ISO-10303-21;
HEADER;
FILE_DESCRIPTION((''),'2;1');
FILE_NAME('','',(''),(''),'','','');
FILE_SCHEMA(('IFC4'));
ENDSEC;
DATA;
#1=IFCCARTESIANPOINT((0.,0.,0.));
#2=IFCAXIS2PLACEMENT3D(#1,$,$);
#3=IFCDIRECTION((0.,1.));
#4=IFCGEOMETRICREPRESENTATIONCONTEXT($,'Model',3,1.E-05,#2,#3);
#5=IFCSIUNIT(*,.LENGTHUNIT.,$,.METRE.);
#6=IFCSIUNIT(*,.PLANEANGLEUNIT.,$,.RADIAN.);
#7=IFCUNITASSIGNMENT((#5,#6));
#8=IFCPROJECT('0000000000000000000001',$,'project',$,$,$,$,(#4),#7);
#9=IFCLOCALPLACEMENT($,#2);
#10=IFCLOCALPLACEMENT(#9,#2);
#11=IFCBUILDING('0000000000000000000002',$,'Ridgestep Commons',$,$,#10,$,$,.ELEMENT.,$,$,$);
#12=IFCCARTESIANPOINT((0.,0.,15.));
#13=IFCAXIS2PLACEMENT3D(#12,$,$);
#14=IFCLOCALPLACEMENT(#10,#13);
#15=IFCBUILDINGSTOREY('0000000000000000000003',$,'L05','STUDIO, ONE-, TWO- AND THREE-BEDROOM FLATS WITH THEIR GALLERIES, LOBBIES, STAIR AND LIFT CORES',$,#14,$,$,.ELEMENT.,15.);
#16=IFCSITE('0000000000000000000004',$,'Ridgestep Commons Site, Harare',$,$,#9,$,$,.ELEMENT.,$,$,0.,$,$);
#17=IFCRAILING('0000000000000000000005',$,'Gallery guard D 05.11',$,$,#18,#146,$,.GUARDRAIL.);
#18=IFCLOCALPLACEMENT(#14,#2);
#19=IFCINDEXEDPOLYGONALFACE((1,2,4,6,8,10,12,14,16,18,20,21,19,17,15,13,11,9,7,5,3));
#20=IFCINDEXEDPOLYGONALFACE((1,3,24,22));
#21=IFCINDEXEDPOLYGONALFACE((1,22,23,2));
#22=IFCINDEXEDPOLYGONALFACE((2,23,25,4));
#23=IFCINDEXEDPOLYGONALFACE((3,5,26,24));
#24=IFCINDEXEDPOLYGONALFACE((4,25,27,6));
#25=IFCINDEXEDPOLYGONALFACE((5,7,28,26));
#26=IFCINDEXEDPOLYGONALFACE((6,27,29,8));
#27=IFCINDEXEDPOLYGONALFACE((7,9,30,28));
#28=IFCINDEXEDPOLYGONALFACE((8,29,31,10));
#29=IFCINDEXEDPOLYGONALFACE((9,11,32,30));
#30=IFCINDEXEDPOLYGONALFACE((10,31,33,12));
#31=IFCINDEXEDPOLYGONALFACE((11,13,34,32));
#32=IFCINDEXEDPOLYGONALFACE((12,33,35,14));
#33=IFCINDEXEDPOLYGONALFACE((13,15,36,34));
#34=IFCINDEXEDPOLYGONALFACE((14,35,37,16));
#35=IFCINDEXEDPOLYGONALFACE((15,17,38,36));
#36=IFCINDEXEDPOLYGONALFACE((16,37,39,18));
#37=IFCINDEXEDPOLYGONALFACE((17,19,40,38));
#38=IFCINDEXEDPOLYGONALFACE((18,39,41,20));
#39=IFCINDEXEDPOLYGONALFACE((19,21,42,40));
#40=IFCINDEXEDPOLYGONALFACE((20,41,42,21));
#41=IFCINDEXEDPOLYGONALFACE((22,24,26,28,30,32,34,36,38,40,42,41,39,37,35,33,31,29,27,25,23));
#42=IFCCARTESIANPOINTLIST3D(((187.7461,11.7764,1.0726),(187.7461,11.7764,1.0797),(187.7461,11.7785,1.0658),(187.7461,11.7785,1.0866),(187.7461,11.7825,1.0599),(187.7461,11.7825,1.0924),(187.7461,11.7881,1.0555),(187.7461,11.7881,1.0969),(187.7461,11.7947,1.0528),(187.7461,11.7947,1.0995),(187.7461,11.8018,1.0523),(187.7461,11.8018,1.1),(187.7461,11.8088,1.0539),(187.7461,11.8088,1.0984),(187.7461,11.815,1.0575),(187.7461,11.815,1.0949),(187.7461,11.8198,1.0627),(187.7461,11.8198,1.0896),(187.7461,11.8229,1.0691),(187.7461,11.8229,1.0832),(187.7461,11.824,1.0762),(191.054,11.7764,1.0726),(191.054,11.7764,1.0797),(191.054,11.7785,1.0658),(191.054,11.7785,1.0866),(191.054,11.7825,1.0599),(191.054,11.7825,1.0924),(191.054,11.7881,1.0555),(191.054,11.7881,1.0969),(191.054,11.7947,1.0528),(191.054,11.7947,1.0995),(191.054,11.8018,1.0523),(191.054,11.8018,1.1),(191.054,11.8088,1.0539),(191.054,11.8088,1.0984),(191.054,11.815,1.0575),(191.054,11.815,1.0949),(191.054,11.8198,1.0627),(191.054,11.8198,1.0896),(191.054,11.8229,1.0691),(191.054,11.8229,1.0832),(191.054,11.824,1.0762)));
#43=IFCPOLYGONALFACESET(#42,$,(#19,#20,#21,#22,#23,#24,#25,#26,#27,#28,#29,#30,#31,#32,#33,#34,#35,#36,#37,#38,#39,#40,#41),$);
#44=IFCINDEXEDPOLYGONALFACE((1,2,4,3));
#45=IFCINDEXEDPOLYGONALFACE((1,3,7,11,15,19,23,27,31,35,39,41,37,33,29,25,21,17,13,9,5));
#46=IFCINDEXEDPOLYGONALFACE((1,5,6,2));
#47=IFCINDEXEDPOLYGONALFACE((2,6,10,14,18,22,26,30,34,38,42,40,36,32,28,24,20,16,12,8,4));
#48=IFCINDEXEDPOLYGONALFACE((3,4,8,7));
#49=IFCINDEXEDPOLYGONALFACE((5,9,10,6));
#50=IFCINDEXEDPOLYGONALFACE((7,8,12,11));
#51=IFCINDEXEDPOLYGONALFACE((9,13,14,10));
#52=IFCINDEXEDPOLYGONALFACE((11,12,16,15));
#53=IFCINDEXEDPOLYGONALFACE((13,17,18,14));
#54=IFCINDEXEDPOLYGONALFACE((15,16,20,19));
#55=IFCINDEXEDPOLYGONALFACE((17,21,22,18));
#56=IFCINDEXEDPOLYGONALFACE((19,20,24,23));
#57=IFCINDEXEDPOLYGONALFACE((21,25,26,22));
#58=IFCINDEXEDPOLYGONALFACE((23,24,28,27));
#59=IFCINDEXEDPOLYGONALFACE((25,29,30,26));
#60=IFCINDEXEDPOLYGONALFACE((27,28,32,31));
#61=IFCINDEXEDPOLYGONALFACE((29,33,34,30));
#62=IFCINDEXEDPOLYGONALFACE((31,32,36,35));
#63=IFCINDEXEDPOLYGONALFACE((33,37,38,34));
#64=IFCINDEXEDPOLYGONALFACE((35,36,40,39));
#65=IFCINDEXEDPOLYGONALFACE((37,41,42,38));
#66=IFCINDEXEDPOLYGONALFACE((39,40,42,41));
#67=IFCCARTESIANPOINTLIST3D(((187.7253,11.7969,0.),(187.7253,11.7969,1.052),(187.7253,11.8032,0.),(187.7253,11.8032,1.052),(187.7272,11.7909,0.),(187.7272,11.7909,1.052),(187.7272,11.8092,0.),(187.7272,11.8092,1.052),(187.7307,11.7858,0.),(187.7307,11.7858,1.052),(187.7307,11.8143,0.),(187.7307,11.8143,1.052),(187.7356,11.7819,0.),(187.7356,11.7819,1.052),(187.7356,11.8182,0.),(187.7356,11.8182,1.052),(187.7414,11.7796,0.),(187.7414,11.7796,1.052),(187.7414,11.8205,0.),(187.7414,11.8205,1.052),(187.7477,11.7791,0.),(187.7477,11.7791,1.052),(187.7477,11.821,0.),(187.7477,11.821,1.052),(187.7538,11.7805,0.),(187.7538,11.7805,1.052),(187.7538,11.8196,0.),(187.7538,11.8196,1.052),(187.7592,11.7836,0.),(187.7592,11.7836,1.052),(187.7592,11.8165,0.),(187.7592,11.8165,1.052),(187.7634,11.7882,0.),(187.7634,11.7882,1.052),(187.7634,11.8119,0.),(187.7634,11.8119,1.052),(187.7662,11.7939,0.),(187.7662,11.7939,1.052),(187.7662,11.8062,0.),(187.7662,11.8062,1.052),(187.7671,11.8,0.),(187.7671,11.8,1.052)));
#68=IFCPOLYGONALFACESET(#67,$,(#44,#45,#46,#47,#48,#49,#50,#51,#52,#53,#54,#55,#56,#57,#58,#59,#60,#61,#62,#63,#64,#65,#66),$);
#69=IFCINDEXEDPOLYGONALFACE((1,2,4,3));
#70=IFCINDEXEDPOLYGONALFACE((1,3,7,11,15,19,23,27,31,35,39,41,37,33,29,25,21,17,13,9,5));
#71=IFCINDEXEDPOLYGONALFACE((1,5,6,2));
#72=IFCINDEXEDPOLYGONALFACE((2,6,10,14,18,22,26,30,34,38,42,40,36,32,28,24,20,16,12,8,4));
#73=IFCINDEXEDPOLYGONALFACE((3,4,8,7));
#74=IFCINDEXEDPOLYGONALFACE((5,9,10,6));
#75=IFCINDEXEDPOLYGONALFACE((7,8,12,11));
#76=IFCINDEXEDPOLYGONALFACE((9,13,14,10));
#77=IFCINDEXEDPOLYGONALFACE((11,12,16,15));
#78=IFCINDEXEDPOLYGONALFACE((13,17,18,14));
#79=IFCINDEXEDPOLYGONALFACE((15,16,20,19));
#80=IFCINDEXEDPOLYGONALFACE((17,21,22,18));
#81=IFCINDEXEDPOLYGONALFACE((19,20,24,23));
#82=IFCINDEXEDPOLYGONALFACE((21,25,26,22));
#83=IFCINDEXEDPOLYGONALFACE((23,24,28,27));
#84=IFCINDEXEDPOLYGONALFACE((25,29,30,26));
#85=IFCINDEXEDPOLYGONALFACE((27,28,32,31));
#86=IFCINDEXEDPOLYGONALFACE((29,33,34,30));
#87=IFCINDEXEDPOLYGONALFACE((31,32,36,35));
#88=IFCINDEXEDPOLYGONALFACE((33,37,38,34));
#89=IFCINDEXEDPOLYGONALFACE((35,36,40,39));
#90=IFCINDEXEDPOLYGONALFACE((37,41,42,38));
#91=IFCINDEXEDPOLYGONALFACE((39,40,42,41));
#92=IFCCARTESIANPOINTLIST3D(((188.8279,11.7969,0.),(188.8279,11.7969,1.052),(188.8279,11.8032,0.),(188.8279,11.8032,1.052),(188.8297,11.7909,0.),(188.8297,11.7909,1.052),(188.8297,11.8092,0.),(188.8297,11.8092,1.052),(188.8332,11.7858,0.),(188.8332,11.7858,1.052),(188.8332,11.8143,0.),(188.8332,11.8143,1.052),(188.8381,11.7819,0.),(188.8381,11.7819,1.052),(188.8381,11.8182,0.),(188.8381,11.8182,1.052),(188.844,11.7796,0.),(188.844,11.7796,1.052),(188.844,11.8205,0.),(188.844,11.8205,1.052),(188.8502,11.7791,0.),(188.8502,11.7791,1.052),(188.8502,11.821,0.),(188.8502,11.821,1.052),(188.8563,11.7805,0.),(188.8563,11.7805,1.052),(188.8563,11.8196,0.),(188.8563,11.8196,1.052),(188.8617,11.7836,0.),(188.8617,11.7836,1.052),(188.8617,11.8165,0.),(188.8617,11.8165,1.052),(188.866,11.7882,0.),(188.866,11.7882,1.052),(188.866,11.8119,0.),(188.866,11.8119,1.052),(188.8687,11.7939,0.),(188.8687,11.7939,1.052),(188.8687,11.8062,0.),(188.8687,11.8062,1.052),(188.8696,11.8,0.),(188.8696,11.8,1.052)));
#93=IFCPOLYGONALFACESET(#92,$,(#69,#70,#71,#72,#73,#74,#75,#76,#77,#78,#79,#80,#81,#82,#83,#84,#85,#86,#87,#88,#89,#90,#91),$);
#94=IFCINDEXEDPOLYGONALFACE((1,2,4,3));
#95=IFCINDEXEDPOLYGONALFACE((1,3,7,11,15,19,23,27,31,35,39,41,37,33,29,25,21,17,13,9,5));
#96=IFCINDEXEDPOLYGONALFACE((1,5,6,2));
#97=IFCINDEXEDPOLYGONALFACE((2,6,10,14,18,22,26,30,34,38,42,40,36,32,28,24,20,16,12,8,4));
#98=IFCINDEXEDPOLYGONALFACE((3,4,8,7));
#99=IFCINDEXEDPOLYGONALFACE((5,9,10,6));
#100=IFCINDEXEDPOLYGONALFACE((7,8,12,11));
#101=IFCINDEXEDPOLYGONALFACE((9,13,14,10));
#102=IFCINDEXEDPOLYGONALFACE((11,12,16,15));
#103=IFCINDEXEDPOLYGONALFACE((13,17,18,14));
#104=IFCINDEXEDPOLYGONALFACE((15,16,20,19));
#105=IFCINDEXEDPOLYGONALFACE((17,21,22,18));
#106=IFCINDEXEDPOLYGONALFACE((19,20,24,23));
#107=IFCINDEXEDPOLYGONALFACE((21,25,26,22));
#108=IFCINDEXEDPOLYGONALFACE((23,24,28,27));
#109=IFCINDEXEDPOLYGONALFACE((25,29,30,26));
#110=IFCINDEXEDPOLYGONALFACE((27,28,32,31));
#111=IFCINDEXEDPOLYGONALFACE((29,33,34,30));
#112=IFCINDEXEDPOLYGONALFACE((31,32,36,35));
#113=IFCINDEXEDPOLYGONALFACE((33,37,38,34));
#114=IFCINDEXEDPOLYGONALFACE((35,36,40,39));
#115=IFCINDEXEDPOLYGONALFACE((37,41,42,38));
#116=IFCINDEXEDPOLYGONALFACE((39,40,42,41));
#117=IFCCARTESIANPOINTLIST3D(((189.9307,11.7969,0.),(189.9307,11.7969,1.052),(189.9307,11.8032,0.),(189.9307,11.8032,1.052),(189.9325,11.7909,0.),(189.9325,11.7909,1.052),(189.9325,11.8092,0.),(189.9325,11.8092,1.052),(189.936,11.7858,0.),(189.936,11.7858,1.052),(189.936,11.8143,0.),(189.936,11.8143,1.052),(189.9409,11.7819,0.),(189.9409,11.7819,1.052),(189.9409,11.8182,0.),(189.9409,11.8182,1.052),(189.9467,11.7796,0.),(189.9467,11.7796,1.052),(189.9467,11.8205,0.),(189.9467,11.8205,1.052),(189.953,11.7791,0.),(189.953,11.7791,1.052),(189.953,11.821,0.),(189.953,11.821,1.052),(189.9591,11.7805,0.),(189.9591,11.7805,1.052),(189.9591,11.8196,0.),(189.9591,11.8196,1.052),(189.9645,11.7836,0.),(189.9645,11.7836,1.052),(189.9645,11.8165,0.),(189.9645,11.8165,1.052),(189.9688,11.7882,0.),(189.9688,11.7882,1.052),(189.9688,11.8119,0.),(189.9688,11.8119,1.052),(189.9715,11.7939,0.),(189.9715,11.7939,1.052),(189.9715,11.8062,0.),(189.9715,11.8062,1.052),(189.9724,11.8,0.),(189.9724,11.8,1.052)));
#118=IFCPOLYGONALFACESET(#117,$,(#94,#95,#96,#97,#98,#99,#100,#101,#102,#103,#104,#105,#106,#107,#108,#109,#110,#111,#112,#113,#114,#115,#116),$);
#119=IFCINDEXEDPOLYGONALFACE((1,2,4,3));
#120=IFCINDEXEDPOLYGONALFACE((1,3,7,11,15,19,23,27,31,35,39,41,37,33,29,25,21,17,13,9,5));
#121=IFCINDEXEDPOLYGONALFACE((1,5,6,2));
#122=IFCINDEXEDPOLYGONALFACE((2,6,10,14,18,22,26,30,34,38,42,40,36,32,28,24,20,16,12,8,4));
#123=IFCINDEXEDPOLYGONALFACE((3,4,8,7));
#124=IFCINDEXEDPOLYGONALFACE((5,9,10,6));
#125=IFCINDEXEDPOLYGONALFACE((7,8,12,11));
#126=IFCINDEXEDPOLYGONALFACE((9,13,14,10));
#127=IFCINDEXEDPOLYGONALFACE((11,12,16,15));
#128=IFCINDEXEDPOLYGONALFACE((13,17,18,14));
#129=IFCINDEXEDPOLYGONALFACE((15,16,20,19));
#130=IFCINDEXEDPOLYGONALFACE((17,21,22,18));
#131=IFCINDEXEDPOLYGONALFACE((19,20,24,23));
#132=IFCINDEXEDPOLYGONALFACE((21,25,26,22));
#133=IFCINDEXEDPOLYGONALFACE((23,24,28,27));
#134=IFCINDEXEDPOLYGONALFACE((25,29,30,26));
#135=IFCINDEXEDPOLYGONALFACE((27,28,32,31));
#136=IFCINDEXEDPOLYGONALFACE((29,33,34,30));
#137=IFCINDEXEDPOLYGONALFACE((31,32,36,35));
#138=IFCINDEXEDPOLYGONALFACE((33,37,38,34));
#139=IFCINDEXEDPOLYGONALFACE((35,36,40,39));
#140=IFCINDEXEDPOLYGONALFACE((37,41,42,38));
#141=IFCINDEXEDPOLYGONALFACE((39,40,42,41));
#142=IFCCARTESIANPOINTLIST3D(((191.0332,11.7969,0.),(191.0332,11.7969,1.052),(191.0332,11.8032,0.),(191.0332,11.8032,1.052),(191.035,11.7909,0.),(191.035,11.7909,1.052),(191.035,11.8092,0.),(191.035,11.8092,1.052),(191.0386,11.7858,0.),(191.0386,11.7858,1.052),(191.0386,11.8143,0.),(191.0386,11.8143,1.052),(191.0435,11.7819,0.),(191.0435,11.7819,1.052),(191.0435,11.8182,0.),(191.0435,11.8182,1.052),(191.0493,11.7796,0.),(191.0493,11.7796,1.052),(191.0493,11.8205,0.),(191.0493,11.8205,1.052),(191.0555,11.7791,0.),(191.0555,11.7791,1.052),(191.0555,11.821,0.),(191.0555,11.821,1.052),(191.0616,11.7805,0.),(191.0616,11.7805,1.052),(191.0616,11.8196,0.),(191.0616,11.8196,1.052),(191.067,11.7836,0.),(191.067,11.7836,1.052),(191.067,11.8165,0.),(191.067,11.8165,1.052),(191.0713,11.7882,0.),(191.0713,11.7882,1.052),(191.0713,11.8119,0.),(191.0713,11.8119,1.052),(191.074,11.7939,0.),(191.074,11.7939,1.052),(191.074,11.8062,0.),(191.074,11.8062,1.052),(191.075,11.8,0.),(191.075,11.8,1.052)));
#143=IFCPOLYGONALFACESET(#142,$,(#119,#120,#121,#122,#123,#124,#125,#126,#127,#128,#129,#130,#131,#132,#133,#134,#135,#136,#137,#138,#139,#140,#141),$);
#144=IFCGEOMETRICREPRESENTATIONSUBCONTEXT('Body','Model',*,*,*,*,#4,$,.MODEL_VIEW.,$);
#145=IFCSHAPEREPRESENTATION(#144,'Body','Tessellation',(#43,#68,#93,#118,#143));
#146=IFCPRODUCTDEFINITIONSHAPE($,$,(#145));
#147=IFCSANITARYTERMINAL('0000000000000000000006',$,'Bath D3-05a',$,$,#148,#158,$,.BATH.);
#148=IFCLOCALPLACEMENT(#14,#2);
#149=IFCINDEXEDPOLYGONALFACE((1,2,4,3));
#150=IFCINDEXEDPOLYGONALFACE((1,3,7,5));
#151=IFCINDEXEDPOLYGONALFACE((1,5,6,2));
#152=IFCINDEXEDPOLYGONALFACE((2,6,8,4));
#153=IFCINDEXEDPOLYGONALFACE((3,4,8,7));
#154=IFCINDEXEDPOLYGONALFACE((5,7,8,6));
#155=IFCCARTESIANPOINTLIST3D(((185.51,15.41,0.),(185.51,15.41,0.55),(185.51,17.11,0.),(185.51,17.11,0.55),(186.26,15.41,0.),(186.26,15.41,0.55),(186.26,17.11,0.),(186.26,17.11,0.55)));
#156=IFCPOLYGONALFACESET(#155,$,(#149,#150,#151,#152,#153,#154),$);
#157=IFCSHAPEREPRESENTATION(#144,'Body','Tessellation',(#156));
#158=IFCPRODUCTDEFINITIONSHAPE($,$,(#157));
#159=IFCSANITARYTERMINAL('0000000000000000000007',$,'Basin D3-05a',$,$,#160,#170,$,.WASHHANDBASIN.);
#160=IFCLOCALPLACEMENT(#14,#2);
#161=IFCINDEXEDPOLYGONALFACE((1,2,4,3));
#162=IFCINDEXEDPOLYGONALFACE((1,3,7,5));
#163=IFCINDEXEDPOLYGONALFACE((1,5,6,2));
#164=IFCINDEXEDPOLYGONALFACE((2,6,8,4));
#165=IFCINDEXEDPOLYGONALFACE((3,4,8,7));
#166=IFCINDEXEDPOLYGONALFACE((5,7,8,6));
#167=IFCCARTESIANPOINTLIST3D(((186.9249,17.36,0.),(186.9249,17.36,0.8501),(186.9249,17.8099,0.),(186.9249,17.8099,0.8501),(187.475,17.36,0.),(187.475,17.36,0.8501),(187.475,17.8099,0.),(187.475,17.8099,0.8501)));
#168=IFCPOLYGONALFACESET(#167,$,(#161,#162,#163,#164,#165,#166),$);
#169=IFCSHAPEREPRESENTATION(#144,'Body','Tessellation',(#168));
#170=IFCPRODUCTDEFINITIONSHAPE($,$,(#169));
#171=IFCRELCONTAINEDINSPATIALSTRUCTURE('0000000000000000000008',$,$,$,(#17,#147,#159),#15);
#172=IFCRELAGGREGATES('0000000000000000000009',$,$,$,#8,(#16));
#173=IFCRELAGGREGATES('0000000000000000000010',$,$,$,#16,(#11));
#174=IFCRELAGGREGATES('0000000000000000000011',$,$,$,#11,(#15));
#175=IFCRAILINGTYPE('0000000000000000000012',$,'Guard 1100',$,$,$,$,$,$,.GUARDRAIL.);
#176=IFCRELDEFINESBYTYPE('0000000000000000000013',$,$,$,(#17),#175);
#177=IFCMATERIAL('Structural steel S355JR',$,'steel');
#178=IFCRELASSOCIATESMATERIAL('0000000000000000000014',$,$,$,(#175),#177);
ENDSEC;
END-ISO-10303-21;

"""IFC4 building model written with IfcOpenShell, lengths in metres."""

from ifc_helpers import new_model, si_unit, direction, frame, origin, origin_2d, place, context, subcontext, project, spatial, rectangle, circle, extrude, material, type_object, element, save


model = new_model("IFC4")

# Units and contexts
model_context = context("Model", 3, precision=1e-05, world=origin(), true_north=direction((0.0, 1.0)))
body_context = subcontext(model_context, "Body", "Model", "MODEL_VIEW")
ifc_project = project(units=[si_unit("LENGTHUNIT", "METRE"), si_unit("PLANEANGLEUNIT", "RADIAN")], contexts=[model_context])

# Site, building, storey
site_placement = place(None, origin())
site = spatial("IfcSite", under=ifc_project, at=site_placement, Name="Ridgestep Commons Site, Harare", CompositionType="ELEMENT", RefElevation=0.0)
building_placement = place(site_placement, origin())
building = spatial("IfcBuilding", under=site, at=building_placement, Name="Ridgestep Commons", CompositionType="ELEMENT")
storey_placement = place(building_placement, frame((0.0, 0.0, 15.0)))
storey = spatial("IfcBuildingStorey", under=building, at=storey_placement, Name="L05", Description="STUDIO, ONE-, TWO- AND THREE-BEDROOM FLATS WITH THEIR GALLERIES, LOBBIES, STAIR AND LIFT CORES", CompositionType="ELEMENT", Elevation=15.0)

# Railing
ifc_material_1 = material(Name="Structural steel S355JR", Category="steel")
railing_type = type_object("IfcRailingType", Name="Guard 1100", PredefinedType="GUARDRAIL", material=ifc_material_1)
railing_1_placement = place(storey_placement, frame((187.7461, 11.8, 0.0)))
element("IfcRailing", 1, at=railing_1_placement, inside=storey, type_object=railing_type, Name="Gallery guard D 05.11", PredefinedType="GUARDRAIL", context=body_context, shape_type="SweptSolid", body=[
    extrude(circle(Radius=0.0239, at=origin_2d()), frame((0.0, 0.0, 1.0762), z_axis=(1.0, 0.0, 0.0), x_axis=(0.0, 1.0, 0.0)), (0.0, 0.0, 1.0), 3.3079),
    extrude(circle(Radius=0.021, at=origin_2d()), origin(), (0.0, 0.0, 1.0), 1.052),
    extrude(circle(Radius=0.021, at=origin_2d()), frame((1.1025, 0.0, 0.0)), (0.0, 0.0, 1.0), 1.052),
    extrude(circle(Radius=0.021, at=origin_2d()), frame((2.2053, 0.0, 0.0)), (0.0, 0.0, 1.0), 1.052),
    extrude(circle(Radius=0.021, at=origin_2d()), frame((3.3079, 0.0, 0.0)), (0.0, 0.0, 1.0), 1.052),
])

# Sanitary terminals
sanitary_terminal_1_placement = place(storey_placement, frame((185.885, 16.26, 0.0), z_axis=(0.0, 0.0, 1.0), x_axis=(1.0, 0.0, 0.0)))
element("IfcSanitaryTerminal", 2, at=sanitary_terminal_1_placement, inside=storey, Name="Bath D3-05a", PredefinedType="BATH", context=body_context, shape_type="SweptSolid", body=[
    extrude(rectangle(XDim=0.75, YDim=1.7, at=origin_2d()), origin(), (0.0, 0.0, 1.0), 0.55),
])
sanitary_terminal_2_placement = place(storey_placement, frame((187.2, 17.585, 0.0), z_axis=(0.0, 0.0, 1.0), x_axis=(1.0, 0.0, 0.0)))
element("IfcSanitaryTerminal", 3, at=sanitary_terminal_2_placement, inside=storey, Name="Basin D3-05a", PredefinedType="WASHHANDBASIN", context=body_context, shape_type="SweptSolid", body=[
    extrude(rectangle(XDim=0.55, YDim=0.45, at=origin_2d()), origin(), (0.0, 0.0, 1.0), 0.8501),
])

save(model, "model.ifc")
